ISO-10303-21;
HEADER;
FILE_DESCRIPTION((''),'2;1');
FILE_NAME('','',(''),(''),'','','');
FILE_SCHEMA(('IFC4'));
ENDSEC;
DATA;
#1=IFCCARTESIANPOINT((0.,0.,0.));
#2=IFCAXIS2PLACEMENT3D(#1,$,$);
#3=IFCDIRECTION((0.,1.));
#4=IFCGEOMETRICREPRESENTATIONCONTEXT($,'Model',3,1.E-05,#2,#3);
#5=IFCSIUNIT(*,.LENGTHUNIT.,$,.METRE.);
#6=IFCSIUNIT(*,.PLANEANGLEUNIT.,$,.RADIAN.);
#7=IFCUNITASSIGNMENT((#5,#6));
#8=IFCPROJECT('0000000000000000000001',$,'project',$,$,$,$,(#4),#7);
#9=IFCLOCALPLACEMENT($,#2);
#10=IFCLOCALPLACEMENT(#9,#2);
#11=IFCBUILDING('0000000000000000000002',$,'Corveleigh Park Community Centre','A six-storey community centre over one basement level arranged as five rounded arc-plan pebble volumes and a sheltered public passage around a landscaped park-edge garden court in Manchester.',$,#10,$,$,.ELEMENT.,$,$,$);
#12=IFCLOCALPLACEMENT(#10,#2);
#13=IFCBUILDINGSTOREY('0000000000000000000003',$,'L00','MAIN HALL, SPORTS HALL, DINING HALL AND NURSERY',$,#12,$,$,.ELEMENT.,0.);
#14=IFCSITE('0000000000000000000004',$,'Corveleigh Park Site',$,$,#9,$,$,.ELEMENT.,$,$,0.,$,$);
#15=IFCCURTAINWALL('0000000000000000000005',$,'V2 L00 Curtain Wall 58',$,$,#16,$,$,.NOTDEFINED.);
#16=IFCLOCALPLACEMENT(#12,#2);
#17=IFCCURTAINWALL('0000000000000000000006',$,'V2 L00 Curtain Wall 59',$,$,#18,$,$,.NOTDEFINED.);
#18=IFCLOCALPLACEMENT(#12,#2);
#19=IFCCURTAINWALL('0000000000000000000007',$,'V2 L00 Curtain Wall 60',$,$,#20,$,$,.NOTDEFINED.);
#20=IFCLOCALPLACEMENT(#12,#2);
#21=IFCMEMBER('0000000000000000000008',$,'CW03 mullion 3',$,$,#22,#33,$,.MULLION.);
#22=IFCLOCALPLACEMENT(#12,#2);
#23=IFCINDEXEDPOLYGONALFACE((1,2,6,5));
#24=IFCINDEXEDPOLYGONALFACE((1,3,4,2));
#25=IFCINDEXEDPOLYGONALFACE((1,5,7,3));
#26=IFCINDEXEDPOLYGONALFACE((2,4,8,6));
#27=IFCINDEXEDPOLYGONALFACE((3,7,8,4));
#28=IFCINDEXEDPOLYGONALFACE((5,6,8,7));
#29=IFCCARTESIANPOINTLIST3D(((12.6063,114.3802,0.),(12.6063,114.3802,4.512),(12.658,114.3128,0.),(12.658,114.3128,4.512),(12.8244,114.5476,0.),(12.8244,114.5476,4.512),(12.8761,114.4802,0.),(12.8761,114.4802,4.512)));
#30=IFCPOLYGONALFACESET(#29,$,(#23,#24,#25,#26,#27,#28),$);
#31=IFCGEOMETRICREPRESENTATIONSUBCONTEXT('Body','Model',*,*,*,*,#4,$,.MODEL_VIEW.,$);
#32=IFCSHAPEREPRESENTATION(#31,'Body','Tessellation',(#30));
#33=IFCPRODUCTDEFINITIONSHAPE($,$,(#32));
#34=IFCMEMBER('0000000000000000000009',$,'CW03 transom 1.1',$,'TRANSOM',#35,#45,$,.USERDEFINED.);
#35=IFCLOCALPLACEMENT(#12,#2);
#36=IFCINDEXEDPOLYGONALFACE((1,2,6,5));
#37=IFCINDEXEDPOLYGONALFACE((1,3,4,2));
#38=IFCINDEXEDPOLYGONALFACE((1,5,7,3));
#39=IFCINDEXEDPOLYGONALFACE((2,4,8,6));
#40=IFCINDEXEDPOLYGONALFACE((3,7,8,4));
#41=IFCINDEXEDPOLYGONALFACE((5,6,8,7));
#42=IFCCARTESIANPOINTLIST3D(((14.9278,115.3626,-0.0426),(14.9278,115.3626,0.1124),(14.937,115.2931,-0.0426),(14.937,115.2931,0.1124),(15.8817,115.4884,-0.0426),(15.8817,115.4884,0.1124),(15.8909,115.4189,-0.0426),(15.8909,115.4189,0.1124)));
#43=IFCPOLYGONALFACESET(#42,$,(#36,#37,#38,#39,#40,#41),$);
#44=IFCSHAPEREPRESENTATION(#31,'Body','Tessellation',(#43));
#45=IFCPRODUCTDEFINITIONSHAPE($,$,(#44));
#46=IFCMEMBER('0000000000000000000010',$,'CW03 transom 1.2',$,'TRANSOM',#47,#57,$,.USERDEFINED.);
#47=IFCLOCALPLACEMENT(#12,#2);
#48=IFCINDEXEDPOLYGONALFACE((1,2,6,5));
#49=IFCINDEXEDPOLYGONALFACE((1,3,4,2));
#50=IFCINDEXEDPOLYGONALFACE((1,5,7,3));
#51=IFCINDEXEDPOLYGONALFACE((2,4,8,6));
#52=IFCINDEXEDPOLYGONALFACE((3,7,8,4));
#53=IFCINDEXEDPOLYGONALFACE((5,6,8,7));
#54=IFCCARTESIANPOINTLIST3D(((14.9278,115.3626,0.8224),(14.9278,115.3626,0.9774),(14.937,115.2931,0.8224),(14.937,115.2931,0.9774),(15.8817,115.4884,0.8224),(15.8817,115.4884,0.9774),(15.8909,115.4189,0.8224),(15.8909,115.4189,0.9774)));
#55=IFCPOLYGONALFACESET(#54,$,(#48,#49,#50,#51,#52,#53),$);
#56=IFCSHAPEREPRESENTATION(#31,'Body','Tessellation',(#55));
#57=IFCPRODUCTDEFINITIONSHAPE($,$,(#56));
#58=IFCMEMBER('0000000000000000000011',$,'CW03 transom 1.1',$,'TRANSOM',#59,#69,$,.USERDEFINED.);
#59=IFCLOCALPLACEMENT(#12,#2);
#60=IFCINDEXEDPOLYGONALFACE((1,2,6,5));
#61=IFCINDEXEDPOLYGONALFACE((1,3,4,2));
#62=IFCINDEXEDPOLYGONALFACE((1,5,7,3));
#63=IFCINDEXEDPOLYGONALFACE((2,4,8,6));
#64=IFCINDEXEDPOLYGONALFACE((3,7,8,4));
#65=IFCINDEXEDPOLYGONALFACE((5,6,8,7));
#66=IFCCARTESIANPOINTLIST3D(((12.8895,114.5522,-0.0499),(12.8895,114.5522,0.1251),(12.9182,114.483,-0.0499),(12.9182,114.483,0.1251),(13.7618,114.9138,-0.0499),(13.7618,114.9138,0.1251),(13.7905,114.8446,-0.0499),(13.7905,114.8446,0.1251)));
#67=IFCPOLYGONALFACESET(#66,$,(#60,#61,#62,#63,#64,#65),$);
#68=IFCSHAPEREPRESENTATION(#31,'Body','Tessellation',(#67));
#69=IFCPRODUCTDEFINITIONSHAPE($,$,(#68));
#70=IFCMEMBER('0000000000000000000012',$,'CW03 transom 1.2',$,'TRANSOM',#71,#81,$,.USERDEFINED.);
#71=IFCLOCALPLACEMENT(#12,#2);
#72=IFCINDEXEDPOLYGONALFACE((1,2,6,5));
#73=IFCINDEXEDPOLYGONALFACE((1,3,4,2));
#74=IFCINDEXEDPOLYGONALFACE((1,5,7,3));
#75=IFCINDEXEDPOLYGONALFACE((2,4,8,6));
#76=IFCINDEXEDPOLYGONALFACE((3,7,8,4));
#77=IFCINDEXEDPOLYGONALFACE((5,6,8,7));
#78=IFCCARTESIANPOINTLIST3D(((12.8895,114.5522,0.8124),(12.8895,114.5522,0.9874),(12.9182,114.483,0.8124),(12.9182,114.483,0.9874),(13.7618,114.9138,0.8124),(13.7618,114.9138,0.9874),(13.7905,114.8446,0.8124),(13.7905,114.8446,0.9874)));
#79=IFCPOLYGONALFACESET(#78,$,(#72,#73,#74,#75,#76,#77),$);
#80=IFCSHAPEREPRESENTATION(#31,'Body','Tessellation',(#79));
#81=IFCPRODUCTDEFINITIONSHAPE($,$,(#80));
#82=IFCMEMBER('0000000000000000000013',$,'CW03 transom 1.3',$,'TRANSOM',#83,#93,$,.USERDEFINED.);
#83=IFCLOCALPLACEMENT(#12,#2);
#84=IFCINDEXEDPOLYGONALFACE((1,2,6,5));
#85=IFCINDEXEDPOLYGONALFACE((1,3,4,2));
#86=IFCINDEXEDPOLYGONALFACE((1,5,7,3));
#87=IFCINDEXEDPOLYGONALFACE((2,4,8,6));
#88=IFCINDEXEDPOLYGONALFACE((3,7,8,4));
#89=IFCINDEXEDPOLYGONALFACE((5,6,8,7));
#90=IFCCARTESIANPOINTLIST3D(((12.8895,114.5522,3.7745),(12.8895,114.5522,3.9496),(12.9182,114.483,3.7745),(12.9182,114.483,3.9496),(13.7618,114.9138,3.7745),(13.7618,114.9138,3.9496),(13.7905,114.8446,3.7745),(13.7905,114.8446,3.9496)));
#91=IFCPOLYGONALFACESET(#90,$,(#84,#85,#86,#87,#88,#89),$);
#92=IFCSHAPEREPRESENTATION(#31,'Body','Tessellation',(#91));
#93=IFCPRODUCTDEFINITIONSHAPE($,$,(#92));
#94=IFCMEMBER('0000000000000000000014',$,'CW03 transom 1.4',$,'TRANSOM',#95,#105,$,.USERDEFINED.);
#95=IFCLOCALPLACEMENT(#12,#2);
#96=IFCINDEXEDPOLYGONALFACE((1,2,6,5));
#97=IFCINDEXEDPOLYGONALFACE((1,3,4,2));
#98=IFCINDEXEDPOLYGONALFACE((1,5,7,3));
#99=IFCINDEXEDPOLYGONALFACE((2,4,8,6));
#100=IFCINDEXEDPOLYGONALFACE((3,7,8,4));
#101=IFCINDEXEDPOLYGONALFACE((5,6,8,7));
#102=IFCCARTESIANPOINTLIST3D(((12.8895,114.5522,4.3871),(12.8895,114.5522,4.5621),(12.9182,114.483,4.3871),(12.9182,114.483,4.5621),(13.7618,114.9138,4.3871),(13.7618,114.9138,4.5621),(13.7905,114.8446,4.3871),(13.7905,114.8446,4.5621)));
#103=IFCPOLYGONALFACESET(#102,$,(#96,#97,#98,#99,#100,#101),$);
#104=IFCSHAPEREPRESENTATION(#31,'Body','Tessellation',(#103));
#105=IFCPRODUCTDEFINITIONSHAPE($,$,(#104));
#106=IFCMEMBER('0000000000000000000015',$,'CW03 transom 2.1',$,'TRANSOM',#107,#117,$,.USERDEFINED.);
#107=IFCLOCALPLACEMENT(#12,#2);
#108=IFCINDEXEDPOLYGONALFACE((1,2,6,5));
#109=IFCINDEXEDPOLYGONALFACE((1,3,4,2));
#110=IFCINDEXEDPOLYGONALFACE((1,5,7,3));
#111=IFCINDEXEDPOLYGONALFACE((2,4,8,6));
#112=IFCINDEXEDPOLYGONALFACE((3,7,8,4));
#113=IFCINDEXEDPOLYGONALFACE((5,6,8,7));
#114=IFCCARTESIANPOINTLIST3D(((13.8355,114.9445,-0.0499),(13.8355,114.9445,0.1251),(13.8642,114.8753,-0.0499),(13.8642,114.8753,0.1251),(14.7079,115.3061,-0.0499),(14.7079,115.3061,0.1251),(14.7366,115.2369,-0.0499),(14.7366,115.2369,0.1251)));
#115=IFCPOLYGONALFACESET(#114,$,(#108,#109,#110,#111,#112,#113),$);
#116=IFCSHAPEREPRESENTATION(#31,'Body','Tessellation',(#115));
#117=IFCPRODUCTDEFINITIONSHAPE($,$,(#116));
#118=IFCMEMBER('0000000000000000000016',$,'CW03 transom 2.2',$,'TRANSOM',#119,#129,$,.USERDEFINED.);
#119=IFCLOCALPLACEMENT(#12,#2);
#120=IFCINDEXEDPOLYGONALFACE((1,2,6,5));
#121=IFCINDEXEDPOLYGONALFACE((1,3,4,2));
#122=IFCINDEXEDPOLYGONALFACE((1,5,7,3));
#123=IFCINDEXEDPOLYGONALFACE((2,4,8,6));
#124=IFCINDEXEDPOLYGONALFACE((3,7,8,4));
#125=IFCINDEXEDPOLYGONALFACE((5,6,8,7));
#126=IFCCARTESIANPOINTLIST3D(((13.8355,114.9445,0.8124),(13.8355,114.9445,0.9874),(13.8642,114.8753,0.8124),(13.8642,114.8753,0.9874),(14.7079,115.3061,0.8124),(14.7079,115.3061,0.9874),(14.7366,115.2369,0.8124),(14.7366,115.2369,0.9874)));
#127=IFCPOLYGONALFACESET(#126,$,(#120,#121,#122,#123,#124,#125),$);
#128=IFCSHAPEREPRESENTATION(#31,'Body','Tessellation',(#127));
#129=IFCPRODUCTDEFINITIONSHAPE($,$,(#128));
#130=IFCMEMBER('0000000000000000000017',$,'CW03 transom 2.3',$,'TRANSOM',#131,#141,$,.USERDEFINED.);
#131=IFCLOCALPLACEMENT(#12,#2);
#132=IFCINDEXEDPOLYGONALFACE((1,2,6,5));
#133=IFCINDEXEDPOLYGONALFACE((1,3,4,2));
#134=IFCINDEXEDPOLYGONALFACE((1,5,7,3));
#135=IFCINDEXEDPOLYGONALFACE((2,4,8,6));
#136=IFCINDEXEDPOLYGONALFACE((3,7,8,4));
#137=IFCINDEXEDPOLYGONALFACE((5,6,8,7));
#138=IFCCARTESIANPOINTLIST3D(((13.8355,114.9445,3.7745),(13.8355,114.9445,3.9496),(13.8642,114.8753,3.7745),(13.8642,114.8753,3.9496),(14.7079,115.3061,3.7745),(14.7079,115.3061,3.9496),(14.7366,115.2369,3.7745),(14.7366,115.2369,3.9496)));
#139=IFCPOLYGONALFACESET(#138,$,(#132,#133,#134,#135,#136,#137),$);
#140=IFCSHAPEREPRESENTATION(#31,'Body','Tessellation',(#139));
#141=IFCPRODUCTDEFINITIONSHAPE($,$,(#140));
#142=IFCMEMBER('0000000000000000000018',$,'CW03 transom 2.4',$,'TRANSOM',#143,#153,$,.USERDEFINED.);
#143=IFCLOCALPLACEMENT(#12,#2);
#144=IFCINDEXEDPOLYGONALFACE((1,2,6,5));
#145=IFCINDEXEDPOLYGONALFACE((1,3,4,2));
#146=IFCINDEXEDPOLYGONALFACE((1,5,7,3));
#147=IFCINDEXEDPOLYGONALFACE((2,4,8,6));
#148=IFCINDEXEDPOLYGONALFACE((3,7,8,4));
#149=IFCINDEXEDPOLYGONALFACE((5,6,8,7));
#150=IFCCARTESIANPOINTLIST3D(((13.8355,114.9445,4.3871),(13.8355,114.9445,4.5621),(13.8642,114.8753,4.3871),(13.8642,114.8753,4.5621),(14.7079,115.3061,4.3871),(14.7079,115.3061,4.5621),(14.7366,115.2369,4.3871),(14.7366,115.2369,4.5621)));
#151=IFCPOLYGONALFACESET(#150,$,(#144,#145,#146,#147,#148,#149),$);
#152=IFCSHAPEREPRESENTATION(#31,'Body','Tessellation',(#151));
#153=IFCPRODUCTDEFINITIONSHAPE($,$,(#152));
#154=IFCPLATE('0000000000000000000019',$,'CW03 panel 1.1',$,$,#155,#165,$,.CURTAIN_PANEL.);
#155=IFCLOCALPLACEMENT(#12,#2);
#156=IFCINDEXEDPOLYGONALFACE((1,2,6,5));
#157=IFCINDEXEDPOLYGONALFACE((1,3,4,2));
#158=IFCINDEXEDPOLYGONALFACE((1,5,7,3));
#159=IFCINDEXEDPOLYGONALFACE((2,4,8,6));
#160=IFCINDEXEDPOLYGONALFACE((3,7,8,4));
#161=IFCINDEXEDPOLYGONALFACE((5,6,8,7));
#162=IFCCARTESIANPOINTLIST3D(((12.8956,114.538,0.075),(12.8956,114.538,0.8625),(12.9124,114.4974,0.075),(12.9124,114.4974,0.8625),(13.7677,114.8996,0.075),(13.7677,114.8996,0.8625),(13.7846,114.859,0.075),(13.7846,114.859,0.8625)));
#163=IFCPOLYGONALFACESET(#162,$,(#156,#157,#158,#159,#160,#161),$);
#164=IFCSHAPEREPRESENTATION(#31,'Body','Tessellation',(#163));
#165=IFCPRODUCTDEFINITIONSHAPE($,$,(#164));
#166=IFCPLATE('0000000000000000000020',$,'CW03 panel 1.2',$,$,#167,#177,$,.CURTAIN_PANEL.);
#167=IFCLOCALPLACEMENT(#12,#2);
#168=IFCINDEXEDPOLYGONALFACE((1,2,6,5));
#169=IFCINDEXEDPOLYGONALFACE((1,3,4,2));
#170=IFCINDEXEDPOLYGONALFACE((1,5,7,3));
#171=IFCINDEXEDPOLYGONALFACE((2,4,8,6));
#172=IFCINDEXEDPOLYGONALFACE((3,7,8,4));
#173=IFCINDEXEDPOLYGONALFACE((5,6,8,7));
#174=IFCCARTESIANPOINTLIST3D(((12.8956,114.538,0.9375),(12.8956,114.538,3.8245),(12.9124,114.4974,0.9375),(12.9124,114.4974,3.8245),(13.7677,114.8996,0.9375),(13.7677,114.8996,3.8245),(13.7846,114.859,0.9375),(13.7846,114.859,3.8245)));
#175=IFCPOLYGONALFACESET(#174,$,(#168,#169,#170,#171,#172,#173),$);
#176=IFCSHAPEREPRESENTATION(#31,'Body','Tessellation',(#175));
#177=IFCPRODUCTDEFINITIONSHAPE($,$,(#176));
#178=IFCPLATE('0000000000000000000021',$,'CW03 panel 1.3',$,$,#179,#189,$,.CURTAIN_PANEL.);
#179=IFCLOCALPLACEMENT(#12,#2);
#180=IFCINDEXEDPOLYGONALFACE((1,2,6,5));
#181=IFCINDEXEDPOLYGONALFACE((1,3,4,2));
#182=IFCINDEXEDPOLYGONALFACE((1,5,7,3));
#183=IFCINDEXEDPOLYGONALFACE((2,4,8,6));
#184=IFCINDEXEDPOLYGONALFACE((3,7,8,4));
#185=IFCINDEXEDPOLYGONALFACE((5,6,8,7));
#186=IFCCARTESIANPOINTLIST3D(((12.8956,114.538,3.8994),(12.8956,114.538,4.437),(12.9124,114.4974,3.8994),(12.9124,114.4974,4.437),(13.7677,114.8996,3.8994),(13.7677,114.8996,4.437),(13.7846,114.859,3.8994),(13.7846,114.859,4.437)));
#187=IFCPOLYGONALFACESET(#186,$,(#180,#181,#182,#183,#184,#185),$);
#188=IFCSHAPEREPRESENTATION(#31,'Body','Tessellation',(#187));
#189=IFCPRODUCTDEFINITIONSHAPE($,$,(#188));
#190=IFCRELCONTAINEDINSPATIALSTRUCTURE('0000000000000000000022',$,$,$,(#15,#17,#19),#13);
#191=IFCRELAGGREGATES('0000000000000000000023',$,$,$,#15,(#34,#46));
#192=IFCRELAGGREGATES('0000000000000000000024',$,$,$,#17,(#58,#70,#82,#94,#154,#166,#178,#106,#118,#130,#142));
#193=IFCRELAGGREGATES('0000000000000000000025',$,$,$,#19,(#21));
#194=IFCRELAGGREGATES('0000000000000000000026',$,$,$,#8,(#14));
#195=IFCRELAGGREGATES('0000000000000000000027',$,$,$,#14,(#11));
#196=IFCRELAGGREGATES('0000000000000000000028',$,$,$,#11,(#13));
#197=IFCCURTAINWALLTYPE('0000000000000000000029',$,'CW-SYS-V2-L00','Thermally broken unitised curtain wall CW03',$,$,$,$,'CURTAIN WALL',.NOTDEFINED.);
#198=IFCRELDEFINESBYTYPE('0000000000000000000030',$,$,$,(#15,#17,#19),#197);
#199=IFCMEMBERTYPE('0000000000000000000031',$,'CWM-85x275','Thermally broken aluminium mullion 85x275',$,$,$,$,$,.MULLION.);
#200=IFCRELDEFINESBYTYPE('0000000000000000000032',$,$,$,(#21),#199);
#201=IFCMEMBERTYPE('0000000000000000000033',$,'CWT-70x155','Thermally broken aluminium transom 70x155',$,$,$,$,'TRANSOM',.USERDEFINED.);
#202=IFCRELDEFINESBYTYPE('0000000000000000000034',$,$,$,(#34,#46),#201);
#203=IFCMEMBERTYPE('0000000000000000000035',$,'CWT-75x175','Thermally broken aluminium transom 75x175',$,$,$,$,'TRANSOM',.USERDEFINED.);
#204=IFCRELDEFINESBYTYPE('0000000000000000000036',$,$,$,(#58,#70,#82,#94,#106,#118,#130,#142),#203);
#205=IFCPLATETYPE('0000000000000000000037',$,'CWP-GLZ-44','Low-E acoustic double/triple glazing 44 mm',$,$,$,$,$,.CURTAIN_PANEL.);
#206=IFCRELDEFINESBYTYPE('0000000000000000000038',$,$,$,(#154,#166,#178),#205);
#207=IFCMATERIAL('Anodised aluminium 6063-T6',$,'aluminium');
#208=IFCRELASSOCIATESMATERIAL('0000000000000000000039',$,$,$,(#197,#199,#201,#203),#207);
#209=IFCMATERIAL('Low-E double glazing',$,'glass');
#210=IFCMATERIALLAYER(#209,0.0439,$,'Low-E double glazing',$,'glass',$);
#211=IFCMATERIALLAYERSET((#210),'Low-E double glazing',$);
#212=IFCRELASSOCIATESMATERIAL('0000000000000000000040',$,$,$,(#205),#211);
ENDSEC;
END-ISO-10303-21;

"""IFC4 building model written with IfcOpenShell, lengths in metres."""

from ifc_helpers import new_model, si_unit, direction, frame, origin, origin_2d, place, context, subcontext, project, spatial, rectangle, extrude, material, layer, layer_set, material_profile, profile_set, type_object, element, aggregate, save


model = new_model("IFC4")

# Units and contexts
model_context = context("Model", 3, precision=1e-05, world=origin(), true_north=direction((0.0, 1.0)))
body_context = subcontext(model_context, "Body", "Model", "MODEL_VIEW")
ifc_project = project(units=[si_unit("LENGTHUNIT", "METRE"), si_unit("PLANEANGLEUNIT", "RADIAN")], contexts=[model_context])

# Site, building, storey
site_placement = place(None, origin())
site = spatial("IfcSite", under=ifc_project, at=site_placement, Name="Corveleigh Park Site", CompositionType="ELEMENT", RefElevation=0.0)
building_placement = place(site_placement, origin())
building = spatial("IfcBuilding", under=site, at=building_placement, Name="Corveleigh Park Community Centre", Description="A six-storey community centre over one basement level arranged as five rounded arc-plan pebble volumes and a sheltered public passage around a landscaped park-edge garden court in Manchester.", CompositionType="ELEMENT")
storey_placement = place(building_placement, origin())
storey = spatial("IfcBuildingStorey", under=building, at=storey_placement, Name="L00", Description="MAIN HALL, SPORTS HALL, DINING HALL AND NURSERY", CompositionType="ELEMENT", Elevation=0.0)

# Curtain wall
ifc_material_1 = material(Name="Anodised aluminium 6063-T6", Category="aluminium")
curtain_wall_type = type_object("IfcCurtainWallType", Name="CW-SYS-V2-L00", Description="Thermally broken unitised curtain wall CW03", ElementType="CURTAIN WALL", PredefinedType="NOTDEFINED", material=ifc_material_1)
curtain_wall_1_placement = place(storey_placement, origin())
curtain_wall_1 = element("IfcCurtainWall", 1, at=curtain_wall_1_placement, inside=storey, type_object=curtain_wall_type, Name="V2 L00 Curtain Wall 58", PredefinedType="NOTDEFINED")

# Curtain wall
curtain_wall_2_placement = place(storey_placement, origin())
curtain_wall_2 = element("IfcCurtainWall", 2, at=curtain_wall_2_placement, inside=storey, type_object=curtain_wall_type, Name="V2 L00 Curtain Wall 59", PredefinedType="NOTDEFINED")

# Curtain wall, member
curtain_wall_3_placement = place(storey_placement, origin())
curtain_wall_3 = element("IfcCurtainWall", 3, at=curtain_wall_3_placement, inside=storey, type_object=curtain_wall_type, Name="V2 L00 Curtain Wall 60", PredefinedType="NOTDEFINED")
ifc_material_profile_1 = material_profile(ifc_material_1, rectangle(XDim=0.085, YDim=0.2749, at=origin_2d()), Name="ALU-M85x275", Category="aluminium")
ifc_profile_set_1 = profile_set([ifc_material_profile_1], Name="Anodised aluminium 6063-T6")
member_type_1 = type_object("IfcMemberType", Name="CWM-85x275", Description="Thermally broken aluminium mullion 85x275", PredefinedType="MULLION", material=ifc_profile_set_1)
member_1_placement = place(storey_placement, frame((12.7412, 114.4302, 0.0), z_axis=(0.0, 0.0, 1.0), x_axis=(-0.608826, 0.793304, 0.0)))
member_1 = element("IfcMember", 4, at=member_1_placement, type_object=member_type_1, Name="CW03 mullion 3", PredefinedType="MULLION", context=body_context, shape_type="SweptSolid", body=[
    extrude(rectangle(XDim=0.085, YDim=0.2749, at=origin_2d()), origin(), (0.0, 0.0, 1.0), 4.512),
])

# Members
ifc_material_profile_2 = material_profile(ifc_material_1, rectangle(XDim=0.0701, YDim=0.155, at=origin_2d()), Name="ALU-T70x155", Category="aluminium")
ifc_profile_set_2 = profile_set([ifc_material_profile_2], Name="Anodised aluminium 6063-T6")
member_type_2 = type_object("IfcMemberType", Name="CWT-70x155", Description="Thermally broken aluminium transom 70x155", ElementType="TRANSOM", PredefinedType="USERDEFINED", material=ifc_profile_set_2)
member_2_placement = place(storey_placement, frame((14.9324, 115.3279, 0.0349), z_axis=(0.991424, 0.130684, 0.0), x_axis=(-0.130684, 0.991424, 0.0)))
member_2 = element("IfcMember", 5, at=member_2_placement, type_object=member_type_2, Name="CW03 transom 1.1", ObjectType="TRANSOM", PredefinedType="USERDEFINED", context=body_context, shape_type="SweptSolid", body=[
    extrude(rectangle(XDim=0.0701, YDim=0.155, at=origin_2d()), origin(), (0.0, 0.0, 1.0), 0.9622),
])
member_3_placement = place(storey_placement, frame((14.9324, 115.3279, 0.8999), z_axis=(0.991424, 0.130684, 0.0), x_axis=(-0.130684, 0.991424, 0.0)))
member_3 = element("IfcMember", 6, at=member_3_placement, type_object=member_type_2, Name="CW03 transom 1.2", ObjectType="TRANSOM", PredefinedType="USERDEFINED", context=body_context, shape_type="SweptSolid", body=[
    extrude(rectangle(XDim=0.0701, YDim=0.155, at=origin_2d()), origin(), (0.0, 0.0, 1.0), 0.9622),
])
aggregate(curtain_wall_1, [member_2, member_3])
ifc_material_profile_3 = material_profile(ifc_material_1, rectangle(XDim=0.075, YDim=0.175, at=origin_2d()), Name="ALU-T75x175", Category="aluminium")
ifc_profile_set_3 = profile_set([ifc_material_profile_3], Name="Anodised aluminium 6063-T6")
member_type_3 = type_object("IfcMemberType", Name="CWT-75x175", Description="Thermally broken aluminium transom 75x175", ElementType="TRANSOM", PredefinedType="USERDEFINED", material=ifc_profile_set_3)
member_4_placement = place(storey_placement, frame((12.9038, 114.5176, 0.0376), z_axis=(0.923787, 0.382907, 0.0), x_axis=(-0.382907, 0.923787, 0.0)))
member_4 = element("IfcMember", 7, at=member_4_placement, type_object=member_type_3, Name="CW03 transom 1.1", ObjectType="TRANSOM", PredefinedType="USERDEFINED", context=body_context, shape_type="SweptSolid", body=[
    extrude(rectangle(XDim=0.075, YDim=0.175, at=origin_2d()), origin(), (0.0, 0.0, 1.0), 0.9443),
])
member_5_placement = place(storey_placement, frame((12.9038, 114.5176, 0.8999), z_axis=(0.923787, 0.382907, 0.0), x_axis=(-0.382907, 0.923787, 0.0)))
member_5 = element("IfcMember", 8, at=member_5_placement, type_object=member_type_3, Name="CW03 transom 1.2", ObjectType="TRANSOM", PredefinedType="USERDEFINED", context=body_context, shape_type="SweptSolid", body=[
    extrude(rectangle(XDim=0.075, YDim=0.175, at=origin_2d()), origin(), (0.0, 0.0, 1.0), 0.9443),
])
member_6_placement = place(storey_placement, frame((12.9038, 114.5176, 3.8621), z_axis=(0.923787, 0.382907, 0.0), x_axis=(-0.382907, 0.923787, 0.0)))
member_6 = element("IfcMember", 9, at=member_6_placement, type_object=member_type_3, Name="CW03 transom 1.3", ObjectType="TRANSOM", PredefinedType="USERDEFINED", context=body_context, shape_type="SweptSolid", body=[
    extrude(rectangle(XDim=0.075, YDim=0.175, at=origin_2d()), origin(), (0.0, 0.0, 1.0), 0.9443),
])
member_7_placement = place(storey_placement, frame((12.9038, 114.5176, 4.4746), z_axis=(0.923787, 0.382907, 0.0), x_axis=(-0.382907, 0.923787, 0.0)))
member_7 = element("IfcMember", 10, at=member_7_placement, type_object=member_type_3, Name="CW03 transom 1.4", ObjectType="TRANSOM", PredefinedType="USERDEFINED", context=body_context, shape_type="SweptSolid", body=[
    extrude(rectangle(XDim=0.075, YDim=0.175, at=origin_2d()), origin(), (0.0, 0.0, 1.0), 0.9443),
])
member_8_placement = place(storey_placement, frame((13.8499, 114.9099, 0.0376), z_axis=(0.923787, 0.382907, 0.0), x_axis=(-0.382907, 0.923787, 0.0)))
member_8 = element("IfcMember", 11, at=member_8_placement, type_object=member_type_3, Name="CW03 transom 2.1", ObjectType="TRANSOM", PredefinedType="USERDEFINED", context=body_context, shape_type="SweptSolid", body=[
    extrude(rectangle(XDim=0.075, YDim=0.175, at=origin_2d()), origin(), (0.0, 0.0, 1.0), 0.9443),
])
member_9_placement = place(storey_placement, frame((13.8499, 114.9099, 0.8999), z_axis=(0.923787, 0.382907, 0.0), x_axis=(-0.382907, 0.923787, 0.0)))
member_9 = element("IfcMember", 12, at=member_9_placement, type_object=member_type_3, Name="CW03 transom 2.2", ObjectType="TRANSOM", PredefinedType="USERDEFINED", context=body_context, shape_type="SweptSolid", body=[
    extrude(rectangle(XDim=0.075, YDim=0.175, at=origin_2d()), origin(), (0.0, 0.0, 1.0), 0.9443),
])
member_10_placement = place(storey_placement, frame((13.8499, 114.9099, 3.8621), z_axis=(0.923787, 0.382907, 0.0), x_axis=(-0.382907, 0.923787, 0.0)))
member_10 = element("IfcMember", 13, at=member_10_placement, type_object=member_type_3, Name="CW03 transom 2.3", ObjectType="TRANSOM", PredefinedType="USERDEFINED", context=body_context, shape_type="SweptSolid", body=[
    extrude(rectangle(XDim=0.075, YDim=0.175, at=origin_2d()), origin(), (0.0, 0.0, 1.0), 0.9443),
])
member_11_placement = place(storey_placement, frame((13.8499, 114.9099, 4.4746), z_axis=(0.923787, 0.382907, 0.0), x_axis=(-0.382907, 0.923787, 0.0)))
member_11 = element("IfcMember", 14, at=member_11_placement, type_object=member_type_3, Name="CW03 transom 2.4", ObjectType="TRANSOM", PredefinedType="USERDEFINED", context=body_context, shape_type="SweptSolid", body=[
    extrude(rectangle(XDim=0.075, YDim=0.175, at=origin_2d()), origin(), (0.0, 0.0, 1.0), 0.9443),
])

# Plates
ifc_material_2 = material(Name="Low-E double glazing", Category="glass")
ifc_layer = layer(ifc_material_2, 0.0439, Name="Low-E double glazing", Category="glass")
ifc_layer_set = layer_set([ifc_layer], Name="Low-E double glazing")
plate_type = type_object("IfcPlateType", Name="CWP-GLZ-44", Description="Low-E acoustic double/triple glazing 44 mm", PredefinedType="CURTAIN_PANEL", material=ifc_layer_set)
plate_1_placement = place(storey_placement, frame((13.3401, 114.6985, 0.075), z_axis=(0.0, 0.0, 1.0), x_axis=(0.92377, 0.382947, 0.0)))
plate_1 = element("IfcPlate", 15, at=plate_1_placement, type_object=plate_type, Name="CW03 panel 1.1", PredefinedType="CURTAIN_PANEL", context=body_context, shape_type="SweptSolid", body=[
    extrude(rectangle(XDim=0.9441, YDim=0.0439, at=origin_2d()), origin(), (0.0, 0.0, 1.0), 0.7876),
])
plate_2_placement = place(storey_placement, frame((13.3401, 114.6985, 0.9375), z_axis=(0.0, 0.0, 1.0), x_axis=(0.92377, 0.382947, 0.0)))
plate_2 = element("IfcPlate", 16, at=plate_2_placement, type_object=plate_type, Name="CW03 panel 1.2", PredefinedType="CURTAIN_PANEL", context=body_context, shape_type="SweptSolid", body=[
    extrude(rectangle(XDim=0.9441, YDim=0.0439, at=origin_2d()), origin(), (0.0, 0.0, 1.0), 2.887),
])
plate_3_placement = place(storey_placement, frame((13.3401, 114.6985, 3.8994), z_axis=(0.0, 0.0, 1.0), x_axis=(0.92377, 0.382947, 0.0)))
plate_3 = element("IfcPlate", 17, at=plate_3_placement, type_object=plate_type, Name="CW03 panel 1.3", PredefinedType="CURTAIN_PANEL", context=body_context, shape_type="SweptSolid", body=[
    extrude(rectangle(XDim=0.9441, YDim=0.0439, at=origin_2d()), origin(), (0.0, 0.0, 1.0), 0.5376),
])
aggregate(curtain_wall_2, [member_4, member_5, member_6, member_7, plate_1, plate_2, plate_3, member_8, member_9, member_10, member_11])
aggregate(curtain_wall_3, [member_1])

save(model, "model.ifc")
